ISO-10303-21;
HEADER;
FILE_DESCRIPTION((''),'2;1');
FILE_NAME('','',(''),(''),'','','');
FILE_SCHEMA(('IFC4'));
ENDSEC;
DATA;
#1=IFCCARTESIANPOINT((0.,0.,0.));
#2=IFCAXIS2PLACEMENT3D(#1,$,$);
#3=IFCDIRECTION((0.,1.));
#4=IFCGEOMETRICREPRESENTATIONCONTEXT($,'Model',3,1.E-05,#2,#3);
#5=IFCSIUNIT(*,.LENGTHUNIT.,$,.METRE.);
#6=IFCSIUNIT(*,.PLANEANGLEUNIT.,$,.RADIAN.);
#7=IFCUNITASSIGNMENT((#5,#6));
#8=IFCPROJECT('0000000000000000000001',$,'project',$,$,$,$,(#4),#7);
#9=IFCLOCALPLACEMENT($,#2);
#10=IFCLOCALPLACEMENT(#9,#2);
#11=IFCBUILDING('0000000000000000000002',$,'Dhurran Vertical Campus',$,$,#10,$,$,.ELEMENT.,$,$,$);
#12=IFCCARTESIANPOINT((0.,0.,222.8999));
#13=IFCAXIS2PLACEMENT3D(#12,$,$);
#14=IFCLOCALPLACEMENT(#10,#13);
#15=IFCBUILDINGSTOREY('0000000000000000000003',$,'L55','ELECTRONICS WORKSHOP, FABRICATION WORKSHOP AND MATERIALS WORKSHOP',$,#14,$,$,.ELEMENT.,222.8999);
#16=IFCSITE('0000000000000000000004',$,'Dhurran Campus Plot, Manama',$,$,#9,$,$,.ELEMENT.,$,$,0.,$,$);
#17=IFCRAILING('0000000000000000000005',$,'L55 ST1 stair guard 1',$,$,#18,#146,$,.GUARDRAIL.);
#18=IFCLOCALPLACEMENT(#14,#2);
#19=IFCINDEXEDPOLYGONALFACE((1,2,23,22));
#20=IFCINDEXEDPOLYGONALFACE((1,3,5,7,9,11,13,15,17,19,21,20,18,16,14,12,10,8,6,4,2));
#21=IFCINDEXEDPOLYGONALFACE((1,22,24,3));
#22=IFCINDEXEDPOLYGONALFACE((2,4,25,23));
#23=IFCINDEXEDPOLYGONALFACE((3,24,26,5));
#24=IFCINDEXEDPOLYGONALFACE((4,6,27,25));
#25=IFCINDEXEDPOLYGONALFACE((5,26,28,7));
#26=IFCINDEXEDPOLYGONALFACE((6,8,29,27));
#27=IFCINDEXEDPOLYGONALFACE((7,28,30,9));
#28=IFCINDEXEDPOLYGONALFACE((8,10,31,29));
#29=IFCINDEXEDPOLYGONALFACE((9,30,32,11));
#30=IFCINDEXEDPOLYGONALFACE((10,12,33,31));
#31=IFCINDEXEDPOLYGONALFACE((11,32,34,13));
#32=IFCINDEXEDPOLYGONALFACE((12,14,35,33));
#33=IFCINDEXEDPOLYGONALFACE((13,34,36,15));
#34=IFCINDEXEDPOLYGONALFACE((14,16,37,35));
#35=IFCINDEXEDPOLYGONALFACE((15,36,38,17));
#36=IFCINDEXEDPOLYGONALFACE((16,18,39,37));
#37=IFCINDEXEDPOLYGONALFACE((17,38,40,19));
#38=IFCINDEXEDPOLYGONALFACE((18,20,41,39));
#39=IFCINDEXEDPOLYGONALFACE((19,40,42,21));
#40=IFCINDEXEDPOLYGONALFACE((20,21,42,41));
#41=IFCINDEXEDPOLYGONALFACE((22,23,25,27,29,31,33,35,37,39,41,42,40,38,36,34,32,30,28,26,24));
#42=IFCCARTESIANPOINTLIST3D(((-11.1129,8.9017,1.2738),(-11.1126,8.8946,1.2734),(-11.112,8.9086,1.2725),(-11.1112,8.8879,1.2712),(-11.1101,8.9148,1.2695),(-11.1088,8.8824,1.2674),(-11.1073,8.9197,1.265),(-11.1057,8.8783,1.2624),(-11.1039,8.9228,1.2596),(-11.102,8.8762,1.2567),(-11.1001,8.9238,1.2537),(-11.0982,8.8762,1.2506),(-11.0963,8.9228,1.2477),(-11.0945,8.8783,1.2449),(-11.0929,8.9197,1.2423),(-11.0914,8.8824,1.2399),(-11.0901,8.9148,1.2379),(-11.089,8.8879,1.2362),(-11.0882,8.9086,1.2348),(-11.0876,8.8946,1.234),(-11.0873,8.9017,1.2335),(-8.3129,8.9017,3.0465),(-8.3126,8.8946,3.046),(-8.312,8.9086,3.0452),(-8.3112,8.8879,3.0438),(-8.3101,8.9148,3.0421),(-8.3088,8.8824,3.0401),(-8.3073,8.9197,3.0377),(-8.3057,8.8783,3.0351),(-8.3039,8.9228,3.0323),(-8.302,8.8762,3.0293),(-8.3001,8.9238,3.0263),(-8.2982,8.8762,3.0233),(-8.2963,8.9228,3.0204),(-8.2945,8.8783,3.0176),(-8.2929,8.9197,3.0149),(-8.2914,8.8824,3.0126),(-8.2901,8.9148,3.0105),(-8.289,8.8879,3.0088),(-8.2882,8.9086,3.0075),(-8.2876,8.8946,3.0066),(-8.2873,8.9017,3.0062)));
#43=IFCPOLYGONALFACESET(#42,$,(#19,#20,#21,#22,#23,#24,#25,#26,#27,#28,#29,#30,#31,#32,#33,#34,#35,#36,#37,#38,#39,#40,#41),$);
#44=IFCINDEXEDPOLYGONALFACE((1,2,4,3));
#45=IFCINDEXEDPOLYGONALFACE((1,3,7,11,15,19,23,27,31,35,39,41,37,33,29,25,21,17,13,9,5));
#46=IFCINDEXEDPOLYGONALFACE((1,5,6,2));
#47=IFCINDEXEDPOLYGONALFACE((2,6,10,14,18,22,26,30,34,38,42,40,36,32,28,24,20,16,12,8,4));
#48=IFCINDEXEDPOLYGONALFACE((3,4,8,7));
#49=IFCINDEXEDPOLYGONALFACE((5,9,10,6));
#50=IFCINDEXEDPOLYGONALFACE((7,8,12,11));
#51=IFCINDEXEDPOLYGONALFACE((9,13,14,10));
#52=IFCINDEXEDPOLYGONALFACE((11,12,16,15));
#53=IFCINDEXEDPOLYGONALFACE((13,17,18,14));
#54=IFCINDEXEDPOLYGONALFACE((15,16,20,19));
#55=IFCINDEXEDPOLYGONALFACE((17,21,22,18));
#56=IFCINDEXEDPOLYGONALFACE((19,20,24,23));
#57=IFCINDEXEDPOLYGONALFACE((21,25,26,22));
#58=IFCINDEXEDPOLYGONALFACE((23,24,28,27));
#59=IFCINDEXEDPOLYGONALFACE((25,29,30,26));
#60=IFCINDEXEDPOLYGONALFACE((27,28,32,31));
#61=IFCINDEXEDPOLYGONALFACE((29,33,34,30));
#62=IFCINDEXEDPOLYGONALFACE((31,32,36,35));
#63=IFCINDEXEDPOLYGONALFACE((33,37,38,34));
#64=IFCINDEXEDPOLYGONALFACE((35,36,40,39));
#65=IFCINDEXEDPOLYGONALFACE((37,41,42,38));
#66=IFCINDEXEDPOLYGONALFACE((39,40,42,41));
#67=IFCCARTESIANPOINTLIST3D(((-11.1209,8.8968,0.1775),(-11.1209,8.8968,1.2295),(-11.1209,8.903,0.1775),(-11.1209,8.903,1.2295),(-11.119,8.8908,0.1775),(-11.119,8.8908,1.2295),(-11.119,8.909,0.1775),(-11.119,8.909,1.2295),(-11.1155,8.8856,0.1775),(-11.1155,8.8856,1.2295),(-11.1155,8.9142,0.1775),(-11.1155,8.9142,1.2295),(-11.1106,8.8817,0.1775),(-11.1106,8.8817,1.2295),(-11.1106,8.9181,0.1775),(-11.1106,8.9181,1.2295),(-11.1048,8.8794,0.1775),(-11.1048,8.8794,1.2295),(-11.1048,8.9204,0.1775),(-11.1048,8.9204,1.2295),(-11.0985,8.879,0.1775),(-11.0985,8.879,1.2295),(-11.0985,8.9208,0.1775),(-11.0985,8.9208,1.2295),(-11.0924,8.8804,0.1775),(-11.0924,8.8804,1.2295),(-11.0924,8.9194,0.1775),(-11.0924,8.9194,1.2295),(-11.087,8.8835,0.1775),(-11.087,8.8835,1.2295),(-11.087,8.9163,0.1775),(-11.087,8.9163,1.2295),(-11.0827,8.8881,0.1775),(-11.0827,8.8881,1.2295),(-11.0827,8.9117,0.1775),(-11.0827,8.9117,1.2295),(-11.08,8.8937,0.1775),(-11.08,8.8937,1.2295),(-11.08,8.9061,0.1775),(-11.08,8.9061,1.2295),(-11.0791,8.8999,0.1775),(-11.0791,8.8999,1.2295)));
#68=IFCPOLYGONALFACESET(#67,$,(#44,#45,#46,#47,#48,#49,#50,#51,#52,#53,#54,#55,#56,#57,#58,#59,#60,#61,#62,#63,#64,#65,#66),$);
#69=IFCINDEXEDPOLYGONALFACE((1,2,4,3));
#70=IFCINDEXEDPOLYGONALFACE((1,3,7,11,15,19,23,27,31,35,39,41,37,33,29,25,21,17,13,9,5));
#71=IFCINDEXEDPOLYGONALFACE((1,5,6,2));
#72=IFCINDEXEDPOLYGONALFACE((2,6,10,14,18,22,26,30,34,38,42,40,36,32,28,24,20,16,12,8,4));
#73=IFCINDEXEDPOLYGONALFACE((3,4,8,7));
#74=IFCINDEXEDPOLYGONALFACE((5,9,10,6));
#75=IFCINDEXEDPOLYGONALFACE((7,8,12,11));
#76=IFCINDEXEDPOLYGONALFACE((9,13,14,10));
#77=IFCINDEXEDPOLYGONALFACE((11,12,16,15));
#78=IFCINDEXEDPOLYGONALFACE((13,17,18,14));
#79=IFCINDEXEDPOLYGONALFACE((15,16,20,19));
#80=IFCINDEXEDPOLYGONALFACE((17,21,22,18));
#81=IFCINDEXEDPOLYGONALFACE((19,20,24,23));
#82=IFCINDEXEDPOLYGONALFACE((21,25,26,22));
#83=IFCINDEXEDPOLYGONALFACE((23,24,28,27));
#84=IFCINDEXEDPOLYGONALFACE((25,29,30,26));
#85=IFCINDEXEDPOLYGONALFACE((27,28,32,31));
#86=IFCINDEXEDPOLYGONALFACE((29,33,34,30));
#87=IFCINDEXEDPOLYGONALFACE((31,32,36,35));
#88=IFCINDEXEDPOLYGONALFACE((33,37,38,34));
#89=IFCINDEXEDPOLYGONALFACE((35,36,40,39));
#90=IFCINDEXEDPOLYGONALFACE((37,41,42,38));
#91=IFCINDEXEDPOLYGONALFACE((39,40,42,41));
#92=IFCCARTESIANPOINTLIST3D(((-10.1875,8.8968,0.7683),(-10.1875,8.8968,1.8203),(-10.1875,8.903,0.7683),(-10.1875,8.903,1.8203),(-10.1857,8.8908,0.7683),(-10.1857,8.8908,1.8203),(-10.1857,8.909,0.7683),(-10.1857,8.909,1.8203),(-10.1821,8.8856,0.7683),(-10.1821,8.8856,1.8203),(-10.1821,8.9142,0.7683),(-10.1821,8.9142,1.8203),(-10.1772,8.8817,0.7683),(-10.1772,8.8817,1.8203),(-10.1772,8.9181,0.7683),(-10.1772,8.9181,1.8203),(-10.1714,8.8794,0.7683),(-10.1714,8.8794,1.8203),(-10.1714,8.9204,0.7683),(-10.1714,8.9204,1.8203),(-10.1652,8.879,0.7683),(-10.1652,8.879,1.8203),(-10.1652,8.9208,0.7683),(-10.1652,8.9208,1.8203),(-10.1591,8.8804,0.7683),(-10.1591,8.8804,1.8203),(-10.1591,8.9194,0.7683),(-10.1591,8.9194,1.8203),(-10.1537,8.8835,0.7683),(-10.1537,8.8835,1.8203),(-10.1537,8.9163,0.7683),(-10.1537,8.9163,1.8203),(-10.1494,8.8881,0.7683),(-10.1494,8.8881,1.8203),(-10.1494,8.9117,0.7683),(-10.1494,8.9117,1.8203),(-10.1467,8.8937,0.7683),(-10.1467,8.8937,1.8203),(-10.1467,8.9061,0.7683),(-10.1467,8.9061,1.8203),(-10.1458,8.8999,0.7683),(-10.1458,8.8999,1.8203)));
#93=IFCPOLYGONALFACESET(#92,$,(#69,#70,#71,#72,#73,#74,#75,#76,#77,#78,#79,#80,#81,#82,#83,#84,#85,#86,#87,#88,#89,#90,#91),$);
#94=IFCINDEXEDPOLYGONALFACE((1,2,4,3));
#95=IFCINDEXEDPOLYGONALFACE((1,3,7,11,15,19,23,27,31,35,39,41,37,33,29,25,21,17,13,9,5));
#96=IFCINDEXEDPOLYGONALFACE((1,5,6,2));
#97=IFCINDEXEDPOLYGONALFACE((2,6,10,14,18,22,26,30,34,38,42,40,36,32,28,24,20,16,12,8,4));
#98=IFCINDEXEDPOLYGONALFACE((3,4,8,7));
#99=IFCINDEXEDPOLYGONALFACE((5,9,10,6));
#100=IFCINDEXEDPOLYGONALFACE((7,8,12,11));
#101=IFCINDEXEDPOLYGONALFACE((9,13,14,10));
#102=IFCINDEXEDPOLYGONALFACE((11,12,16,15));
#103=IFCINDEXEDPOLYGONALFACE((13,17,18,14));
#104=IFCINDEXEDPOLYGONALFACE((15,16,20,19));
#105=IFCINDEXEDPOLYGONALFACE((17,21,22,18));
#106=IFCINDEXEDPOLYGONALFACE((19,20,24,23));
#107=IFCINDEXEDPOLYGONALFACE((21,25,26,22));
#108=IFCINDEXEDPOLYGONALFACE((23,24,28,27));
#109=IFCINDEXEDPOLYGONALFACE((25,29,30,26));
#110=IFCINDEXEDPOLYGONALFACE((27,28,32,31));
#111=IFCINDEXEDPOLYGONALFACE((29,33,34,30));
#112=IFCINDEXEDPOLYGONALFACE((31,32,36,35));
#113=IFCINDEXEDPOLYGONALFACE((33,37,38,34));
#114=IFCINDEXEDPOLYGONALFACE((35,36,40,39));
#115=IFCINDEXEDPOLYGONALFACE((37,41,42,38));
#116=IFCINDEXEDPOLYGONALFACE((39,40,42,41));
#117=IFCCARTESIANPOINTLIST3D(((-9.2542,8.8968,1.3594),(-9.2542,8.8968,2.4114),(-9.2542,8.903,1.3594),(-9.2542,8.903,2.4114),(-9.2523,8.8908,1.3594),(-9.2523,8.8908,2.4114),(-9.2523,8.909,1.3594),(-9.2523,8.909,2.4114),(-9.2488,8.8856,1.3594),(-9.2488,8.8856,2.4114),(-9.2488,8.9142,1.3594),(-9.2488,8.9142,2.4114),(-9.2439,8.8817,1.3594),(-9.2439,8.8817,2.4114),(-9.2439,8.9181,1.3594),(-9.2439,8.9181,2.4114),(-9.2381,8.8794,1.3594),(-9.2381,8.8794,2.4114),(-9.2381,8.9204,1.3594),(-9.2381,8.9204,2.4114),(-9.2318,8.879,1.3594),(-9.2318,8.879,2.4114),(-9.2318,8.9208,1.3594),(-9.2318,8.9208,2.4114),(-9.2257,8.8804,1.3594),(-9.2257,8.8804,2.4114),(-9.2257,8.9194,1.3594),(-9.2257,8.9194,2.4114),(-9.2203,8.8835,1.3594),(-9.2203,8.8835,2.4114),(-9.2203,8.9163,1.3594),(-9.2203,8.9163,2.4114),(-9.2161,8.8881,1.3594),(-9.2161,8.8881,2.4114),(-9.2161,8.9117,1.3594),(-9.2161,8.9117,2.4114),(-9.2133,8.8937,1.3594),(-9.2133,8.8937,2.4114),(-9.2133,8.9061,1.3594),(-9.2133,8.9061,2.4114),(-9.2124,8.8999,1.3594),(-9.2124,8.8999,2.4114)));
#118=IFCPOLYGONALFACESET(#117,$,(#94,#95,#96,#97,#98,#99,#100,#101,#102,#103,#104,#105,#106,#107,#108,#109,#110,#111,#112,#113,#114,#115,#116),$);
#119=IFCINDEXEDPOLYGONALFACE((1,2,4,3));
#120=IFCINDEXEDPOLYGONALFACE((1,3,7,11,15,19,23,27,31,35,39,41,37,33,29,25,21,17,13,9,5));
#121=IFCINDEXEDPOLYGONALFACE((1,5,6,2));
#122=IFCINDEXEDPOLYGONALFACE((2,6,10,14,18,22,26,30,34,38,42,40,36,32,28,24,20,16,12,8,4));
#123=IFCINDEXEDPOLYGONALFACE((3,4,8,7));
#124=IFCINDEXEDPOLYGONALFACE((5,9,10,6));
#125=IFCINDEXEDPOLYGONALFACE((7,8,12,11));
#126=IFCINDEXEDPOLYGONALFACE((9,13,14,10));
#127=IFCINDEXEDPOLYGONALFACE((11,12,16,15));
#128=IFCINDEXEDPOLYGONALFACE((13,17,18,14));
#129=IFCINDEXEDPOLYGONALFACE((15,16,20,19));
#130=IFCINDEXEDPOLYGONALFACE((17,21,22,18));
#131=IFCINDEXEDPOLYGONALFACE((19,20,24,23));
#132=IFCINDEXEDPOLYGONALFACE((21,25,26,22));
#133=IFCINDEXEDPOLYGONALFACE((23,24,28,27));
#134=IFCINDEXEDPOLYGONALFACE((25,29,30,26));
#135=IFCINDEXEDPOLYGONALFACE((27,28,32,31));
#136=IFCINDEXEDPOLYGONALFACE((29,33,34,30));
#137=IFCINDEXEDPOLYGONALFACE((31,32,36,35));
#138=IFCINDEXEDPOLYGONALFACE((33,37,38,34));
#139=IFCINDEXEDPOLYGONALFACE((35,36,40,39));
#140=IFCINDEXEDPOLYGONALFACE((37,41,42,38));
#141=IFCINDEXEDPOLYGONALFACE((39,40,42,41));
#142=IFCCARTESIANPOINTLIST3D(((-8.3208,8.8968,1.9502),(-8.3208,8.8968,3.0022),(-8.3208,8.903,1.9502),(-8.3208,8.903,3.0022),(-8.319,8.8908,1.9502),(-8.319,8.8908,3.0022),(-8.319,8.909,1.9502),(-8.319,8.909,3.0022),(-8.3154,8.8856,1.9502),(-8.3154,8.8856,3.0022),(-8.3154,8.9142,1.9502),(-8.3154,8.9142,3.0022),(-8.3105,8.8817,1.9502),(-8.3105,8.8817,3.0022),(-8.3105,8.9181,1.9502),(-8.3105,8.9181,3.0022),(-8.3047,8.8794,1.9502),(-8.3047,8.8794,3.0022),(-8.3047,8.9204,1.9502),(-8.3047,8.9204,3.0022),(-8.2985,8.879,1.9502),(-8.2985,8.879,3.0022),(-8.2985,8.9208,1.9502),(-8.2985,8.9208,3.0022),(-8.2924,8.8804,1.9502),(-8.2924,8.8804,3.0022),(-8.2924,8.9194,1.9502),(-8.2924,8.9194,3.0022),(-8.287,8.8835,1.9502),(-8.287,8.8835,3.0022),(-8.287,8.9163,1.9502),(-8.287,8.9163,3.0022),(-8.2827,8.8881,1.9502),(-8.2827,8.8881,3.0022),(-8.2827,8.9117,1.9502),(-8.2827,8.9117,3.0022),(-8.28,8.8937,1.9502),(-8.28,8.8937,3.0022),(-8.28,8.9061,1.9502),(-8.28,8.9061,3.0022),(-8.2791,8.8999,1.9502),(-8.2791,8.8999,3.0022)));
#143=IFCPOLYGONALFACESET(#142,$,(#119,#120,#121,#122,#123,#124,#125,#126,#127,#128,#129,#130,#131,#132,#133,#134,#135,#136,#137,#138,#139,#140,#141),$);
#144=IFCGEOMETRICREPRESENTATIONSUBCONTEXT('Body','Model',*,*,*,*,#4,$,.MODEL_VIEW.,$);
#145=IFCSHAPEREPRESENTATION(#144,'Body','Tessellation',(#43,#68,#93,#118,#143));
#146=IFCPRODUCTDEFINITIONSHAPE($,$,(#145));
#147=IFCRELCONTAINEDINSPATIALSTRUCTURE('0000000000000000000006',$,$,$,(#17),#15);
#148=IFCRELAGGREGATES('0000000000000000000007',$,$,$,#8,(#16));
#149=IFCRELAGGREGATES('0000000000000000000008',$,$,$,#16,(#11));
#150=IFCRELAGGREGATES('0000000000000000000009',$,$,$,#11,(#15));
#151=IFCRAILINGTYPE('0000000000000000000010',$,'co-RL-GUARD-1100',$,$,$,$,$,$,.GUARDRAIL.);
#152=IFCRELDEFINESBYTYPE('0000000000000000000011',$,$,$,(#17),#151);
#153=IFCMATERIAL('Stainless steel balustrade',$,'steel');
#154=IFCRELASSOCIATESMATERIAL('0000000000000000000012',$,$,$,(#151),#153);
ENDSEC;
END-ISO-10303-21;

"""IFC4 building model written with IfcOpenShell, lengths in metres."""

from ifc_helpers import new_model, si_unit, direction, frame, origin, origin_2d, place, context, subcontext, project, spatial, circle, extrude, material, type_object, element, save


model = new_model("IFC4")

# Units and contexts
model_context = context("Model", 3, precision=1e-05, world=origin(), true_north=direction((0.0, 1.0)))
body_context = subcontext(model_context, "Body", "Model", "MODEL_VIEW")
ifc_project = project(units=[si_unit("LENGTHUNIT", "METRE"), si_unit("PLANEANGLEUNIT", "RADIAN")], contexts=[model_context])

# Site, building, storey
site_placement = place(None, origin())
site = spatial("IfcSite", under=ifc_project, at=site_placement, Name="Dhurran Campus Plot, Manama", CompositionType="ELEMENT", RefElevation=0.0)
building_placement = place(site_placement, origin())
building = spatial("IfcBuilding", under=site, at=building_placement, Name="Dhurran Vertical Campus", CompositionType="ELEMENT")
storey_placement = place(building_placement, frame((0.0, 0.0, 222.8999)))
storey = spatial("IfcBuildingStorey", under=building, at=storey_placement, Name="L55", Description="ELECTRONICS WORKSHOP, FABRICATION WORKSHOP AND MATERIALS WORKSHOP", CompositionType="ELEMENT", Elevation=222.8999)

# Railing
ifc_material_1 = material(Name="Stainless steel balustrade", Category="steel")
railing_type_1 = type_object("IfcRailingType", Name="co-RL-GUARD-1100", PredefinedType="GUARDRAIL", material=ifc_material_1)
railing_1_placement = place(storey_placement, frame((-11.1001, 8.8999, 0.1775)))
element("IfcRailing", 1, at=railing_1_placement, inside=storey, type_object=railing_type_1, Name="L55 ST1 stair guard 1", PredefinedType="GUARDRAIL", context=body_context, shape_type="SweptSolid", body=[
    extrude(circle(Radius=0.0239, at=origin_2d()), frame((0.0, 0.0, 1.0762), z_axis=(0.844909, 0.0, 0.53491), x_axis=(0.0, 1.0, 0.0)), (0.0, 0.0, 1.0), 3.314),
    extrude(circle(Radius=0.021, at=origin_2d()), origin(), (0.0, 0.0, 1.0), 1.052),
    extrude(circle(Radius=0.021, at=origin_2d()), frame((0.9333, 0.0, 0.5908)), (0.0, 0.0, 1.0), 1.052),
    extrude(circle(Radius=0.021, at=origin_2d()), frame((1.8667, 0.0, 1.1819)), (0.0, 0.0, 1.0), 1.052),
    extrude(circle(Radius=0.021, at=origin_2d()), frame((2.8, 0.0, 1.7727)), (0.0, 0.0, 1.0), 1.052),
])

save(model, "model.ifc")
